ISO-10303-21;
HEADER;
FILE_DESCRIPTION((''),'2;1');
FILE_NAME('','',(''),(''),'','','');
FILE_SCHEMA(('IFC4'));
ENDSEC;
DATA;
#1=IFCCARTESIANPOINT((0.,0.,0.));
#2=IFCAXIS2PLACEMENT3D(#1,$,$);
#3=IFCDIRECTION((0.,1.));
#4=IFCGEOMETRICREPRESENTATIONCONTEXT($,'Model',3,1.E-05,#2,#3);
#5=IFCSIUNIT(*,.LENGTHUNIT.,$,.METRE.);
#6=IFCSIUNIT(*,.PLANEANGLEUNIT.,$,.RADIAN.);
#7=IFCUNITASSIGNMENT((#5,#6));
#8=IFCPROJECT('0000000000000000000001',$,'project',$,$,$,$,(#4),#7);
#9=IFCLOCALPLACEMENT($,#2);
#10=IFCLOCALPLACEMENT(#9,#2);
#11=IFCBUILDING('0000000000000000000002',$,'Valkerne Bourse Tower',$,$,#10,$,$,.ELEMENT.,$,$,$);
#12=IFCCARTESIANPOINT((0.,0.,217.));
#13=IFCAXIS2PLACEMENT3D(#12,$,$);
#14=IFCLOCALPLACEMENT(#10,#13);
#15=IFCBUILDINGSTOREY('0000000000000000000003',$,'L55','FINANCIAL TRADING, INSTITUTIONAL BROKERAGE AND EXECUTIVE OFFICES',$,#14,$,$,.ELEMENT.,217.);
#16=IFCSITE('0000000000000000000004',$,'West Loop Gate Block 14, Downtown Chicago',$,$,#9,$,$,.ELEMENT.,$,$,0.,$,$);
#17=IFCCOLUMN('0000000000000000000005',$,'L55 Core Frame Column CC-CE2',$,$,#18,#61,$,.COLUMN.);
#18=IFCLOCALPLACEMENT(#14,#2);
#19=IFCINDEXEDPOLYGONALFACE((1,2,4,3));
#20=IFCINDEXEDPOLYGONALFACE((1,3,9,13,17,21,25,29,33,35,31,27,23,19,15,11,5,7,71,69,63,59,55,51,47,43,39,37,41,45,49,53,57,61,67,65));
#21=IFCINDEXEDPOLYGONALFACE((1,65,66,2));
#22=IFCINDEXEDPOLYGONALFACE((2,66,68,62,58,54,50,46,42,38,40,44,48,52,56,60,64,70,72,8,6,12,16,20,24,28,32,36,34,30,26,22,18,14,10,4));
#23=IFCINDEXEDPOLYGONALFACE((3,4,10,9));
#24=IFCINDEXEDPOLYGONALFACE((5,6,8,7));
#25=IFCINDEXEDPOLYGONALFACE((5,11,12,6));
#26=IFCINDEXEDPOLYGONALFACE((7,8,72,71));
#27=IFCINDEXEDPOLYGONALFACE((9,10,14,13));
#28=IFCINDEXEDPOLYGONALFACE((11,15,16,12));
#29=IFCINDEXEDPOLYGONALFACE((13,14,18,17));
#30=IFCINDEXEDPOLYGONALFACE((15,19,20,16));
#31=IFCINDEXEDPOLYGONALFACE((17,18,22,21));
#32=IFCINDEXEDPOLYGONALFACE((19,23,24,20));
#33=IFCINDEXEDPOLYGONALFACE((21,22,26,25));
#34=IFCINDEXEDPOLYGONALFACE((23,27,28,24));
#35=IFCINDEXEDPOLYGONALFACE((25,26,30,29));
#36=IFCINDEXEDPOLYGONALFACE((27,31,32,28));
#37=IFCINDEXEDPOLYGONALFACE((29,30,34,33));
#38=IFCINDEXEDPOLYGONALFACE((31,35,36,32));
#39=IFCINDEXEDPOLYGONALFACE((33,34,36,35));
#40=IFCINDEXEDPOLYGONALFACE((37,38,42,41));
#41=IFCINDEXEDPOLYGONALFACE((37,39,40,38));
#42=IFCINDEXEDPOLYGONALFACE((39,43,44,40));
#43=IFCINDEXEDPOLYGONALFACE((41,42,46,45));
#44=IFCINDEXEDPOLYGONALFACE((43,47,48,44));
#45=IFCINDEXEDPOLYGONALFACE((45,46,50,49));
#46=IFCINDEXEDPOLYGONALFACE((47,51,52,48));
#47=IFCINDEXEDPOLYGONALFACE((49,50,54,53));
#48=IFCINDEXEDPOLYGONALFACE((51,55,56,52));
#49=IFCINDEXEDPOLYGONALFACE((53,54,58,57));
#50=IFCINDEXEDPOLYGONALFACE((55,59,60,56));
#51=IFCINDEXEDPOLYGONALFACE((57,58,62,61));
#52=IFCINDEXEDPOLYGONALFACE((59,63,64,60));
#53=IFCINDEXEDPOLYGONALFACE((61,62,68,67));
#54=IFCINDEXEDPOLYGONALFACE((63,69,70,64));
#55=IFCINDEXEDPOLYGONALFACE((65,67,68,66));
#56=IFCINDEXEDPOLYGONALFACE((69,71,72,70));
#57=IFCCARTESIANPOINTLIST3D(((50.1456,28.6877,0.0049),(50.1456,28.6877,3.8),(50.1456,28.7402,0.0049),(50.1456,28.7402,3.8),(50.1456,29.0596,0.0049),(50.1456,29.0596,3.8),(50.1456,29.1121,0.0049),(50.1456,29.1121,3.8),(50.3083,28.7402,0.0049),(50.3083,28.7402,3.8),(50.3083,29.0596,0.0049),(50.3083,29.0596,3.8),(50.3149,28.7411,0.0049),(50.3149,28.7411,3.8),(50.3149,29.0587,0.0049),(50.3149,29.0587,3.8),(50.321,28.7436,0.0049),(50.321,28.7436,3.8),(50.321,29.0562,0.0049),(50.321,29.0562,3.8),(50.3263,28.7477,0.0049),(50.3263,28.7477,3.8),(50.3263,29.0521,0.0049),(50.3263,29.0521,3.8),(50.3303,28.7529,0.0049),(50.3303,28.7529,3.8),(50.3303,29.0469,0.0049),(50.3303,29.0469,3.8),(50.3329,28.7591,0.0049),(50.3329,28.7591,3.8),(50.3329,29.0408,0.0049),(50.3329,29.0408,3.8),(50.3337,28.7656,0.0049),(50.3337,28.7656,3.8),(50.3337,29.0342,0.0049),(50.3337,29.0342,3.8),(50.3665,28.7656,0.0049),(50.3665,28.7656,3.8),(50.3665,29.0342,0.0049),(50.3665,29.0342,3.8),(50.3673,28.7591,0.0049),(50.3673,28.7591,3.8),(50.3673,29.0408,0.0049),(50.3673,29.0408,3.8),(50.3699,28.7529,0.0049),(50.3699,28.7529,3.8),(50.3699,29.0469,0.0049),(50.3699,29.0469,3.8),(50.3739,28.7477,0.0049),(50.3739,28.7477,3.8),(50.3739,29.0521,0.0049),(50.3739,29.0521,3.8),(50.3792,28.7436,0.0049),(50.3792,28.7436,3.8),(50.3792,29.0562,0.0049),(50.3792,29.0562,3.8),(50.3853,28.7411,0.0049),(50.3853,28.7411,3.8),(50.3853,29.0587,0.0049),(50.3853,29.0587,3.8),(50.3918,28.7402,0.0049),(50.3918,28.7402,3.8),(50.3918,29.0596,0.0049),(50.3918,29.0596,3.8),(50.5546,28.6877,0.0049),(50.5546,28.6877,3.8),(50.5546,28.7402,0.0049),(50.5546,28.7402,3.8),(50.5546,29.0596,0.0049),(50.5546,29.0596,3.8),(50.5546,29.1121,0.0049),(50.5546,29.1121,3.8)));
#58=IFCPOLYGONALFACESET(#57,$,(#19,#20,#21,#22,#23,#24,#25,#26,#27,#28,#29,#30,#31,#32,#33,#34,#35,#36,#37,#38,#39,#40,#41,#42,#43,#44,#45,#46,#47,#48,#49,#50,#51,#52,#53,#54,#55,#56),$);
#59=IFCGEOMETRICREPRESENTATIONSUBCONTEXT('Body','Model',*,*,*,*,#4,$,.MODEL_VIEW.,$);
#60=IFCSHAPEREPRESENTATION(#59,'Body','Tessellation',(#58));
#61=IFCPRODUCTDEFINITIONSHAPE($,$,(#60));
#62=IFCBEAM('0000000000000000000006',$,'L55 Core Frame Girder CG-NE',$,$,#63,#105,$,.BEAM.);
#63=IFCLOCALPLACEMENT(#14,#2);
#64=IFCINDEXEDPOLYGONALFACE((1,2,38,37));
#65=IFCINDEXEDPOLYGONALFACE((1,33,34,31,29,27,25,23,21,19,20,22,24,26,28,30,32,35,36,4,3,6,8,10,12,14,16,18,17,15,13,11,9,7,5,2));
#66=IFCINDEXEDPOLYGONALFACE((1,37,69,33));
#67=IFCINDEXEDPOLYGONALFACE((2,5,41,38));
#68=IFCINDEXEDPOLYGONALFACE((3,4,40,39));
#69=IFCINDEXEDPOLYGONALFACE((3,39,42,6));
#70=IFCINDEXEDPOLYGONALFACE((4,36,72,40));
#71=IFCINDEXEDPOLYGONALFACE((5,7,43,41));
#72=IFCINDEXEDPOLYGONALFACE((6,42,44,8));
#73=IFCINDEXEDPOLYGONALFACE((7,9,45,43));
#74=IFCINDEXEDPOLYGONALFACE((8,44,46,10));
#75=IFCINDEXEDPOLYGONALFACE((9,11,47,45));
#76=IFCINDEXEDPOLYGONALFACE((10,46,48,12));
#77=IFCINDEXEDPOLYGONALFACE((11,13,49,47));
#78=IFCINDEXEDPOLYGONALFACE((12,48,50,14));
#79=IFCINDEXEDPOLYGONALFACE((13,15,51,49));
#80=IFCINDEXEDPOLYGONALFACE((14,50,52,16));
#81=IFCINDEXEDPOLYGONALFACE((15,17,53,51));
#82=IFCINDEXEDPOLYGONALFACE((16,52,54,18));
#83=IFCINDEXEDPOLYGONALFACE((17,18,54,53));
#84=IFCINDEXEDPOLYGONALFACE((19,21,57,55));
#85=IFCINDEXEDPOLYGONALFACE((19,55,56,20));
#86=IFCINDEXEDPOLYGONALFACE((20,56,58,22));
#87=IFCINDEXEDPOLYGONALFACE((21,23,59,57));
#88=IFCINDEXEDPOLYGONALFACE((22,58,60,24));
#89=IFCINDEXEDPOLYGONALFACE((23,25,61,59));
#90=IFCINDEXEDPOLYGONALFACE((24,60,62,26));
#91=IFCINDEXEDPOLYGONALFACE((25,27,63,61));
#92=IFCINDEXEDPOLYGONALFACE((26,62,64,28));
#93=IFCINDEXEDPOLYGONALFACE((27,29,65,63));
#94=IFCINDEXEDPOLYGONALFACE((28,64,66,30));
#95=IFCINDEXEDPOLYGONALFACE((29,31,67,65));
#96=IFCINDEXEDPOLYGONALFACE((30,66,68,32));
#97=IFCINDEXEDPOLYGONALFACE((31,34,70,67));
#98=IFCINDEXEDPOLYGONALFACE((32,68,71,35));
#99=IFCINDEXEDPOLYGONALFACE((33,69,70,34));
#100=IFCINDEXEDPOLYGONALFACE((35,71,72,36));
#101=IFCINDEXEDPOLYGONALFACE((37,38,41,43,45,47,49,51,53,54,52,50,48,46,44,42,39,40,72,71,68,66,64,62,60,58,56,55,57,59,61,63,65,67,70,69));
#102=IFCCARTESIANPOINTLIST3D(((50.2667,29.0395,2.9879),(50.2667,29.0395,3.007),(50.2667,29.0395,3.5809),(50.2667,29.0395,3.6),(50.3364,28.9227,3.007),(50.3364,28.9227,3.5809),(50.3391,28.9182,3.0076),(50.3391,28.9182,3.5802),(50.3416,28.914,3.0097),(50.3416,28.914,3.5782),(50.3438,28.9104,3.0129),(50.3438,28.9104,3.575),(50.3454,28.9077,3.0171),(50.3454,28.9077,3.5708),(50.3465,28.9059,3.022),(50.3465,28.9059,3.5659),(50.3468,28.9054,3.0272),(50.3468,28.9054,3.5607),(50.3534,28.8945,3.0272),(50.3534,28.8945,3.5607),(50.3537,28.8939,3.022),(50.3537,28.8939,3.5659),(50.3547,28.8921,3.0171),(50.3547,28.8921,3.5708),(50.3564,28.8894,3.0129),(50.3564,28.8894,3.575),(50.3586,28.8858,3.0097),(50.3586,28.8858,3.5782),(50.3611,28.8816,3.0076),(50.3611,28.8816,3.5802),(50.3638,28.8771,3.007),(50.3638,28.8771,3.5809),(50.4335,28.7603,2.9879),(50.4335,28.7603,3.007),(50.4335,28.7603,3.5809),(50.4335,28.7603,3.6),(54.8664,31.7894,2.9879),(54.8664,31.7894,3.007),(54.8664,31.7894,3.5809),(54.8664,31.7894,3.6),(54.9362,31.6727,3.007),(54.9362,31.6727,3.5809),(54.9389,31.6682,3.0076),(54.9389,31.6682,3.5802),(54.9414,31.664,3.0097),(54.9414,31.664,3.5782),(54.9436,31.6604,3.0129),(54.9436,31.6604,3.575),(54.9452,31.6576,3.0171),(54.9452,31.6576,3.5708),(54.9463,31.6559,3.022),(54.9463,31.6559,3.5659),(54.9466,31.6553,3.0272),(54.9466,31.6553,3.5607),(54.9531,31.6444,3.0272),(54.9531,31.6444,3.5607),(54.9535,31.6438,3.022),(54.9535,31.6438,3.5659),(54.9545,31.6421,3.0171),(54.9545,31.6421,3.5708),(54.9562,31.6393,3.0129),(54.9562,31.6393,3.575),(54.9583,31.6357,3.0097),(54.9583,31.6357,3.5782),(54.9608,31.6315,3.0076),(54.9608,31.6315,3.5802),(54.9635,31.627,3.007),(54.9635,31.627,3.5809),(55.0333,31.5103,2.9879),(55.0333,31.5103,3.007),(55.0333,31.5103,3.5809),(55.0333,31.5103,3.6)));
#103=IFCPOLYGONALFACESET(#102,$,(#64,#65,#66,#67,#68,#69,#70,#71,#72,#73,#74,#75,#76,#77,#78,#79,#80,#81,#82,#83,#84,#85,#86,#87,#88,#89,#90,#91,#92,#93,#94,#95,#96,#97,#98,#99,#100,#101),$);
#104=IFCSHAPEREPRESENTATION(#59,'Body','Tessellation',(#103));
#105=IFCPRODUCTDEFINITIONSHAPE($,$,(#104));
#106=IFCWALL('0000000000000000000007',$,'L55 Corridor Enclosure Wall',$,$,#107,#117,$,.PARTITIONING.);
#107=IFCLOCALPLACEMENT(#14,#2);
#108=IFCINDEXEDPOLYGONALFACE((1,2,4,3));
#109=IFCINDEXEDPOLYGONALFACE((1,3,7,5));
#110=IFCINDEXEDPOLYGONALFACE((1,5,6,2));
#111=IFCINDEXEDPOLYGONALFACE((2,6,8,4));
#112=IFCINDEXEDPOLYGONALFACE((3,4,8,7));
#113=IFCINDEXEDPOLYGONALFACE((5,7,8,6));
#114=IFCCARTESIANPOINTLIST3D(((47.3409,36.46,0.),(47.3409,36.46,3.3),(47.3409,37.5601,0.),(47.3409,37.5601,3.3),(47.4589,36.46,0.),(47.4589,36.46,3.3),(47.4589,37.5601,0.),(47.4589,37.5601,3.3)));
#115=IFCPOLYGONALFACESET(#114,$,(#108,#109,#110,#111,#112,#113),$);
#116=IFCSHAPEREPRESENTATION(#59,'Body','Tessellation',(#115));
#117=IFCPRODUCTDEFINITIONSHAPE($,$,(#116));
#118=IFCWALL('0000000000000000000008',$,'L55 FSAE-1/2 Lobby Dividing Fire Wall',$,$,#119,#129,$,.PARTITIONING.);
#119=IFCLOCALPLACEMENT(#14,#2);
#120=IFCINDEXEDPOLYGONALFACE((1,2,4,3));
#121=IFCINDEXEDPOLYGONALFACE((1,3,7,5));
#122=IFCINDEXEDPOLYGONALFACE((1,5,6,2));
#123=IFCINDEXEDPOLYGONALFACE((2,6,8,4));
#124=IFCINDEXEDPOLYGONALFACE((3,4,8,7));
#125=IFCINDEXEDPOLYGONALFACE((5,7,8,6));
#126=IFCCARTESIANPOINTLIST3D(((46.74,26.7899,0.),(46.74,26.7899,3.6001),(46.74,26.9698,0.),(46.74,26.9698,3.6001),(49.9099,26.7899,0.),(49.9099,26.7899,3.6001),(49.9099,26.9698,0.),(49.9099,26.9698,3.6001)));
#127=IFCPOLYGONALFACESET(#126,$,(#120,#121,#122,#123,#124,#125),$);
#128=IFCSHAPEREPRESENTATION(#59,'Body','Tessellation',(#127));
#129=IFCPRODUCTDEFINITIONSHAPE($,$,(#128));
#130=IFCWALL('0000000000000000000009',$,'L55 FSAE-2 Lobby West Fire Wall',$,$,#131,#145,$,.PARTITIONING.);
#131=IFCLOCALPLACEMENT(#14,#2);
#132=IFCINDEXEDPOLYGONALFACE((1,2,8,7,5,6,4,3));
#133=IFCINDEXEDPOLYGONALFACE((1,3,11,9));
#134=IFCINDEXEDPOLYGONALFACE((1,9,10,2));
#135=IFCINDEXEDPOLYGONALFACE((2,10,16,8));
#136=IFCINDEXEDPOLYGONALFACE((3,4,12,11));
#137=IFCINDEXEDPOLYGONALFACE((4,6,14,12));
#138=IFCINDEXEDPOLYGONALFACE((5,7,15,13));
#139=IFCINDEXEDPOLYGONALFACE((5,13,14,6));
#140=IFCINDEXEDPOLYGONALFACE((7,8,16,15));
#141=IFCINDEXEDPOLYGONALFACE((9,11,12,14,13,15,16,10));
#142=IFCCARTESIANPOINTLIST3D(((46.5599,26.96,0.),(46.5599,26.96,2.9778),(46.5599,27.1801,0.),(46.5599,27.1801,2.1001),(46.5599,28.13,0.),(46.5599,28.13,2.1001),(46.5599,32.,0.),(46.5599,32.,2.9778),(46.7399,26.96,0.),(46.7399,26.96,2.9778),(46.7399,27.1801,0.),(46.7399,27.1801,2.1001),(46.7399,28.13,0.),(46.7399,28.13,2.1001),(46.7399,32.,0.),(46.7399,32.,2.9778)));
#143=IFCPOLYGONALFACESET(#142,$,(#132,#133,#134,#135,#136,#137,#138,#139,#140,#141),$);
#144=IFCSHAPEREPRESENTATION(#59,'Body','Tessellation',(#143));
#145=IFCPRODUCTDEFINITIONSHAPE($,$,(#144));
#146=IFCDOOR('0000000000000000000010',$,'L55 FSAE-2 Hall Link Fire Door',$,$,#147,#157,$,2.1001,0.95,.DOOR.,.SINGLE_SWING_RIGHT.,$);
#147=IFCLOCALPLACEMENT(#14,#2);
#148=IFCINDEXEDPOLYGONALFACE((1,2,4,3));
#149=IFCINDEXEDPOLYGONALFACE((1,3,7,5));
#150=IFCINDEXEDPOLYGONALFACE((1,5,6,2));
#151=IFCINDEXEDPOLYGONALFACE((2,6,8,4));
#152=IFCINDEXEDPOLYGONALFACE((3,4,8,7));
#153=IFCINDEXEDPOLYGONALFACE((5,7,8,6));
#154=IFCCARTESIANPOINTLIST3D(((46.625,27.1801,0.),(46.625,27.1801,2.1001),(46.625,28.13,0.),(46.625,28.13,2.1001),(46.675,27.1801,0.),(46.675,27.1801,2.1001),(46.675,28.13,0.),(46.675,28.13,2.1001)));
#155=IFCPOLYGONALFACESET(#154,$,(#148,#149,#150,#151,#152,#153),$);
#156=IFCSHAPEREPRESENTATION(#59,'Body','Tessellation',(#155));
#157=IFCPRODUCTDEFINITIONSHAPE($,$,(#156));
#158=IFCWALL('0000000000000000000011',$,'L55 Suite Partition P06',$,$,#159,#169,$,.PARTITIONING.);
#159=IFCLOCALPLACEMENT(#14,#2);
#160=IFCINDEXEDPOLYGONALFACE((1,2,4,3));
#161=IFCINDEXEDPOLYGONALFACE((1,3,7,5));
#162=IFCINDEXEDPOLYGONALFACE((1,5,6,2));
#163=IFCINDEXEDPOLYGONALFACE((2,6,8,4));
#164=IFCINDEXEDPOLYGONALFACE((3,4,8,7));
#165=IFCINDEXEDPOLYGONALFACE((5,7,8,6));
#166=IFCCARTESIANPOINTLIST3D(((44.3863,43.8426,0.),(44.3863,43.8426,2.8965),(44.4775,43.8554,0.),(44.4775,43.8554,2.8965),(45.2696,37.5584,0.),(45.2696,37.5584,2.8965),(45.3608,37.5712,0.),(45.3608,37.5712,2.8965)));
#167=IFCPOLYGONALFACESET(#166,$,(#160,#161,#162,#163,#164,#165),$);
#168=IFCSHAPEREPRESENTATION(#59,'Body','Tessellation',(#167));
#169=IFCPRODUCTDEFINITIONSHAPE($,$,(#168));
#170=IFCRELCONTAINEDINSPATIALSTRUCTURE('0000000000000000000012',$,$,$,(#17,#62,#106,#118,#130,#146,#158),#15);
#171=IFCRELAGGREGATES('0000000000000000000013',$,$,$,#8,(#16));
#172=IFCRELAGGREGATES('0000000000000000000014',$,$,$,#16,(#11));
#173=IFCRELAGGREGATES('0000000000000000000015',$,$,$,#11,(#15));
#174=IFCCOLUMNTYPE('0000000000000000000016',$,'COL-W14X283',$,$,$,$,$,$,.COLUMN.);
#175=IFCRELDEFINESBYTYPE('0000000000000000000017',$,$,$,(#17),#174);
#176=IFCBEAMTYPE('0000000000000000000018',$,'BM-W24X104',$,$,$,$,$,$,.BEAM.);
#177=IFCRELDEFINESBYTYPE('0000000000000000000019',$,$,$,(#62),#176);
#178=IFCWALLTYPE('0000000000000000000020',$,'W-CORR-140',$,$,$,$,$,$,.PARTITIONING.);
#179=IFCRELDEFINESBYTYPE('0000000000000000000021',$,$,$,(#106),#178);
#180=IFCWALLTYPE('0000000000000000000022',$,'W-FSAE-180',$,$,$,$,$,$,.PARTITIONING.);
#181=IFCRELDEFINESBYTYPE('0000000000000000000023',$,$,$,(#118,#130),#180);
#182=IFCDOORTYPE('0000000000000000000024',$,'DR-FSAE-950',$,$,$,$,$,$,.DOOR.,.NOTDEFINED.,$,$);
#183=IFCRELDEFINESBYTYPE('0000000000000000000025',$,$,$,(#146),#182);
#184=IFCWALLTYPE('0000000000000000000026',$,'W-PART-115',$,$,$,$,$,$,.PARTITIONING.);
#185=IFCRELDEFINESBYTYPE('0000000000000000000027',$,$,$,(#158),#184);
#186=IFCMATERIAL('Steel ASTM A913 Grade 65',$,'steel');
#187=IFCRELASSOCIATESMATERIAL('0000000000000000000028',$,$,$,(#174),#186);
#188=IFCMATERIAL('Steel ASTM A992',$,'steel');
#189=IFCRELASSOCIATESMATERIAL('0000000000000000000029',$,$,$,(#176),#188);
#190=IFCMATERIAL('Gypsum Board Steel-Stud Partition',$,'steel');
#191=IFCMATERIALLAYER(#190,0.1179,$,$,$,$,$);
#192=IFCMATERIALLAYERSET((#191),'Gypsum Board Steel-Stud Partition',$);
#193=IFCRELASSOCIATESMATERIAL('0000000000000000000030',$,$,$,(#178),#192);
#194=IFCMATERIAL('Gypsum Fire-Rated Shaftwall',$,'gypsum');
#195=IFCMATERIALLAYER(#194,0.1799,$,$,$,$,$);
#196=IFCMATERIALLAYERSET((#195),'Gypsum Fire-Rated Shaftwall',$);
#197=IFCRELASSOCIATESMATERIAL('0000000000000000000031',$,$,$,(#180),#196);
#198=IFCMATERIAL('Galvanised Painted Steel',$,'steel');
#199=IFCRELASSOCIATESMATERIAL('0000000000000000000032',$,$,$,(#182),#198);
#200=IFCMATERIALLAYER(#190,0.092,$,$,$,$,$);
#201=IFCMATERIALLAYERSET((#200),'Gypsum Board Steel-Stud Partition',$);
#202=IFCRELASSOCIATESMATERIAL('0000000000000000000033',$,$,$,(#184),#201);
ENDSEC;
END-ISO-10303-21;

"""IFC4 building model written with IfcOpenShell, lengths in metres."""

from ifc_helpers import new_model, si_unit, direction, frame, frame_2d, origin, origin_2d, place, context, subcontext, project, spatial, rectangle, i_section, extrude, material, layer, layer_set, material_profile, profile_set, type_object, element, fill, save


model = new_model("IFC4")

# Units and contexts
model_context = context("Model", 3, precision=1e-05, world=origin(), true_north=direction((0.0, 1.0)))
body_context = subcontext(model_context, "Body", "Model", "MODEL_VIEW")
ifc_project = project(units=[si_unit("LENGTHUNIT", "METRE"), si_unit("PLANEANGLEUNIT", "RADIAN")], contexts=[model_context])

# Site, building, storey
site_placement = place(None, origin())
site = spatial("IfcSite", under=ifc_project, at=site_placement, Name="West Loop Gate Block 14, Downtown Chicago", CompositionType="ELEMENT", RefElevation=0.0)
building_placement = place(site_placement, origin())
building = spatial("IfcBuilding", under=site, at=building_placement, Name="Valkerne Bourse Tower", CompositionType="ELEMENT")
storey_placement = place(building_placement, frame((0.0, 0.0, 217.0)))
storey = spatial("IfcBuildingStorey", under=building, at=storey_placement, Name="L55", Description="FINANCIAL TRADING, INSTITUTIONAL BROKERAGE AND EXECUTIVE OFFICES", CompositionType="ELEMENT", Elevation=217.0)

# Column
ifc_material_1 = material(Name="Steel ASTM A913 Grade 65", Category="steel")
ifc_material_profile_1 = material_profile(ifc_material_1, i_section(OverallWidth=0.4089, OverallDepth=0.4243, WebThickness=0.0327, FlangeThickness=0.0525, FilletRadius=0.0254, at=origin_2d()), Name="W14X283")
ifc_profile_set_1 = profile_set([ifc_material_profile_1], Name="Steel ASTM A913 Grade 65")
column_type = type_object("IfcColumnType", Name="COL-W14X283", PredefinedType="COLUMN", material=ifc_profile_set_1)
column_placement = place(storey_placement, frame((50.3501, 28.8999, 0.0049), z_axis=(0.0, 0.0, 1.0), x_axis=(1.0, 0.0, 0.0)))
element("IfcColumn", 1, at=column_placement, inside=storey, type_object=column_type, Name="L55 Core Frame Column CC-CE2", PredefinedType="COLUMN", context=body_context, shape_type="SweptSolid", body=[
    extrude(i_section(OverallWidth=0.4089, OverallDepth=0.4243, WebThickness=0.0327, FlangeThickness=0.0525, FilletRadius=0.0254, at=origin_2d()), origin(), (0.0, 0.0, 1.0), 3.7952),
])

# Beam
ifc_material_2 = material(Name="Steel ASTM A992", Category="steel")
ifc_material_profile_2 = material_profile(ifc_material_2, i_section(OverallWidth=0.3252, OverallDepth=0.6121, WebThickness=0.0127, FlangeThickness=0.019, FilletRadius=0.0203, at=origin_2d()), Name="W24X104")
ifc_profile_set_2 = profile_set([ifc_material_profile_2], Name="Steel ASTM A992")
beam_type = type_object("IfcBeamType", Name="BM-W24X104", PredefinedType="BEAM", material=ifc_profile_set_2)
beam_placement = place(storey_placement, frame((50.3501, 28.8999, 3.2939), z_axis=(0.858308, 0.513135, 0.0), x_axis=(-0.513135, 0.858308, 0.0)))
element("IfcBeam", 2, at=beam_placement, inside=storey, type_object=beam_type, Name="L55 Core Frame Girder CG-NE", PredefinedType="BEAM", context=body_context, shape_type="SweptSolid", body=[
    extrude(i_section(OverallWidth=0.3252, OverallDepth=0.6121, WebThickness=0.0127, FlangeThickness=0.019, FilletRadius=0.0203, at=origin_2d()), origin(), (0.0, 0.0, 1.0), 5.3591),
])

# Walls
ifc_material_3 = material(Name="Gypsum Board Steel-Stud Partition", Category="steel")
ifc_layer_1 = layer(ifc_material_3, 0.1179)
ifc_layer_set_1 = layer_set([ifc_layer_1], Name="Gypsum Board Steel-Stud Partition")
wall_type_1 = type_object("IfcWallType", Name="W-CORR-140", PredefinedType="PARTITIONING", material=ifc_layer_set_1)
wall_1_placement = place(storey_placement, frame((47.3999, 37.5601, 0.0), z_axis=(0.0, 0.0, 1.0), x_axis=(0.0, -1.0, 0.0)))
element("IfcWall", 3, at=wall_1_placement, inside=storey, type_object=wall_type_1, Name="L55 Corridor Enclosure Wall", PredefinedType="PARTITIONING", context=body_context, shape_type="SweptSolid", body=[
    extrude(rectangle(XDim=1.1001, YDim=0.1179, at=frame_2d((0.55, 0.0))), origin(), (0.0, 0.0, 1.0), 3.3),
])
ifc_material_4 = material(Name="Gypsum Fire-Rated Shaftwall", Category="gypsum")
ifc_layer_2 = layer(ifc_material_4, 0.1799)
ifc_layer_set_2 = layer_set([ifc_layer_2], Name="Gypsum Fire-Rated Shaftwall")
wall_type_2 = type_object("IfcWallType", Name="W-FSAE-180", PredefinedType="PARTITIONING", material=ifc_layer_set_2)
wall_2_placement = place(storey_placement, frame((46.74, 26.8799, 0.0), z_axis=(0.0, 0.0, 1.0), x_axis=(1.0, 0.0, 0.0)))
element("IfcWall", 4, at=wall_2_placement, inside=storey, type_object=wall_type_2, Name="L55 FSAE-1/2 Lobby Dividing Fire Wall", PredefinedType="PARTITIONING", context=body_context, shape_type="SweptSolid", body=[
    extrude(rectangle(XDim=3.1699, YDim=0.1799, at=frame_2d((1.585, 0.0))), origin(), (0.0, 0.0, 1.0), 3.6001),
])

# Wall, opening, door
wall_3_placement = place(storey_placement, frame((46.6499, 26.96, 0.0), z_axis=(0.0, 0.0, 1.0), x_axis=(0.0, 1.0, 0.0)))
wall_3 = element("IfcWall", 5, at=wall_3_placement, inside=storey, type_object=wall_type_2, Name="L55 FSAE-2 Lobby West Fire Wall", PredefinedType="PARTITIONING", context=body_context, shape_type="SweptSolid", body=[
    extrude(rectangle(XDim=5.04, YDim=0.1799, at=frame_2d((2.52, 0.0))), origin(), (0.0, 0.0, 1.0), 2.9778),
])
opening_1_placement = place(wall_3_placement, frame((0.22, 0.0, 0.0)))
opening_1 = element("IfcOpeningElement", 6, at=opening_1_placement, cuts=wall_3, PredefinedType="OPENING", context=body_context, shape_type="SweptSolid", body=[
    extrude(rectangle(XDim=0.95, YDim=2.1001, at=frame_2d((0.4751, 1.05))), frame((0.0, 0.0999, 0.0), z_axis=(0.0, -1.0, 0.0), x_axis=(1.0, 0.0, 0.0)), (0.0, 0.0, 1.0), 0.2),
])
ifc_material_5 = material(Name="Galvanised Painted Steel", Category="steel")
door_type_1 = type_object("IfcDoorType", Name="DR-FSAE-950", OperationType="NOTDEFINED", PredefinedType="DOOR", material=ifc_material_5)
door_1_placement = place(opening_1_placement, origin())
door_1 = element("IfcDoor", 7, at=door_1_placement, inside=storey, type_object=door_type_1, Name="L55 FSAE-2 Hall Link Fire Door", OperationType="SINGLE_SWING_RIGHT", OverallHeight=2.1001, OverallWidth=0.95, PredefinedType="DOOR", context=body_context, shape_type="SweptSolid", body=[
    extrude(rectangle(XDim=0.95, YDim=2.1001, at=frame_2d((0.4751, 1.05))), frame((0.0, 0.0249, 0.0), z_axis=(0.0, -1.0, 0.0), x_axis=(1.0, 0.0, 0.0)), (0.0, 0.0, 1.0), 0.05),
])
fill(opening_1, door_1)

# Wall
ifc_layer_3 = layer(ifc_material_3, 0.092)
ifc_layer_set_3 = layer_set([ifc_layer_3], Name="Gypsum Board Steel-Stud Partition")
wall_type_3 = type_object("IfcWallType", Name="W-PART-115", PredefinedType="PARTITIONING", material=ifc_layer_set_3)
wall_4_placement = place(storey_placement, frame((45.3152, 37.5649, 0.0), z_axis=(0.0, 0.0, 1.0), x_axis=(-0.139191, 0.990266, 0.0)))
element("IfcWall", 8, at=wall_4_placement, inside=storey, type_object=wall_type_3, Name="L55 Suite Partition P06", PredefinedType="PARTITIONING", context=body_context, shape_type="SweptSolid", body=[
    extrude(rectangle(XDim=6.3459, YDim=0.092, at=frame_2d((3.1729, 0.0))), origin(), (0.0, 0.0, 1.0), 2.8965),
])

save(model, "model.ifc")
